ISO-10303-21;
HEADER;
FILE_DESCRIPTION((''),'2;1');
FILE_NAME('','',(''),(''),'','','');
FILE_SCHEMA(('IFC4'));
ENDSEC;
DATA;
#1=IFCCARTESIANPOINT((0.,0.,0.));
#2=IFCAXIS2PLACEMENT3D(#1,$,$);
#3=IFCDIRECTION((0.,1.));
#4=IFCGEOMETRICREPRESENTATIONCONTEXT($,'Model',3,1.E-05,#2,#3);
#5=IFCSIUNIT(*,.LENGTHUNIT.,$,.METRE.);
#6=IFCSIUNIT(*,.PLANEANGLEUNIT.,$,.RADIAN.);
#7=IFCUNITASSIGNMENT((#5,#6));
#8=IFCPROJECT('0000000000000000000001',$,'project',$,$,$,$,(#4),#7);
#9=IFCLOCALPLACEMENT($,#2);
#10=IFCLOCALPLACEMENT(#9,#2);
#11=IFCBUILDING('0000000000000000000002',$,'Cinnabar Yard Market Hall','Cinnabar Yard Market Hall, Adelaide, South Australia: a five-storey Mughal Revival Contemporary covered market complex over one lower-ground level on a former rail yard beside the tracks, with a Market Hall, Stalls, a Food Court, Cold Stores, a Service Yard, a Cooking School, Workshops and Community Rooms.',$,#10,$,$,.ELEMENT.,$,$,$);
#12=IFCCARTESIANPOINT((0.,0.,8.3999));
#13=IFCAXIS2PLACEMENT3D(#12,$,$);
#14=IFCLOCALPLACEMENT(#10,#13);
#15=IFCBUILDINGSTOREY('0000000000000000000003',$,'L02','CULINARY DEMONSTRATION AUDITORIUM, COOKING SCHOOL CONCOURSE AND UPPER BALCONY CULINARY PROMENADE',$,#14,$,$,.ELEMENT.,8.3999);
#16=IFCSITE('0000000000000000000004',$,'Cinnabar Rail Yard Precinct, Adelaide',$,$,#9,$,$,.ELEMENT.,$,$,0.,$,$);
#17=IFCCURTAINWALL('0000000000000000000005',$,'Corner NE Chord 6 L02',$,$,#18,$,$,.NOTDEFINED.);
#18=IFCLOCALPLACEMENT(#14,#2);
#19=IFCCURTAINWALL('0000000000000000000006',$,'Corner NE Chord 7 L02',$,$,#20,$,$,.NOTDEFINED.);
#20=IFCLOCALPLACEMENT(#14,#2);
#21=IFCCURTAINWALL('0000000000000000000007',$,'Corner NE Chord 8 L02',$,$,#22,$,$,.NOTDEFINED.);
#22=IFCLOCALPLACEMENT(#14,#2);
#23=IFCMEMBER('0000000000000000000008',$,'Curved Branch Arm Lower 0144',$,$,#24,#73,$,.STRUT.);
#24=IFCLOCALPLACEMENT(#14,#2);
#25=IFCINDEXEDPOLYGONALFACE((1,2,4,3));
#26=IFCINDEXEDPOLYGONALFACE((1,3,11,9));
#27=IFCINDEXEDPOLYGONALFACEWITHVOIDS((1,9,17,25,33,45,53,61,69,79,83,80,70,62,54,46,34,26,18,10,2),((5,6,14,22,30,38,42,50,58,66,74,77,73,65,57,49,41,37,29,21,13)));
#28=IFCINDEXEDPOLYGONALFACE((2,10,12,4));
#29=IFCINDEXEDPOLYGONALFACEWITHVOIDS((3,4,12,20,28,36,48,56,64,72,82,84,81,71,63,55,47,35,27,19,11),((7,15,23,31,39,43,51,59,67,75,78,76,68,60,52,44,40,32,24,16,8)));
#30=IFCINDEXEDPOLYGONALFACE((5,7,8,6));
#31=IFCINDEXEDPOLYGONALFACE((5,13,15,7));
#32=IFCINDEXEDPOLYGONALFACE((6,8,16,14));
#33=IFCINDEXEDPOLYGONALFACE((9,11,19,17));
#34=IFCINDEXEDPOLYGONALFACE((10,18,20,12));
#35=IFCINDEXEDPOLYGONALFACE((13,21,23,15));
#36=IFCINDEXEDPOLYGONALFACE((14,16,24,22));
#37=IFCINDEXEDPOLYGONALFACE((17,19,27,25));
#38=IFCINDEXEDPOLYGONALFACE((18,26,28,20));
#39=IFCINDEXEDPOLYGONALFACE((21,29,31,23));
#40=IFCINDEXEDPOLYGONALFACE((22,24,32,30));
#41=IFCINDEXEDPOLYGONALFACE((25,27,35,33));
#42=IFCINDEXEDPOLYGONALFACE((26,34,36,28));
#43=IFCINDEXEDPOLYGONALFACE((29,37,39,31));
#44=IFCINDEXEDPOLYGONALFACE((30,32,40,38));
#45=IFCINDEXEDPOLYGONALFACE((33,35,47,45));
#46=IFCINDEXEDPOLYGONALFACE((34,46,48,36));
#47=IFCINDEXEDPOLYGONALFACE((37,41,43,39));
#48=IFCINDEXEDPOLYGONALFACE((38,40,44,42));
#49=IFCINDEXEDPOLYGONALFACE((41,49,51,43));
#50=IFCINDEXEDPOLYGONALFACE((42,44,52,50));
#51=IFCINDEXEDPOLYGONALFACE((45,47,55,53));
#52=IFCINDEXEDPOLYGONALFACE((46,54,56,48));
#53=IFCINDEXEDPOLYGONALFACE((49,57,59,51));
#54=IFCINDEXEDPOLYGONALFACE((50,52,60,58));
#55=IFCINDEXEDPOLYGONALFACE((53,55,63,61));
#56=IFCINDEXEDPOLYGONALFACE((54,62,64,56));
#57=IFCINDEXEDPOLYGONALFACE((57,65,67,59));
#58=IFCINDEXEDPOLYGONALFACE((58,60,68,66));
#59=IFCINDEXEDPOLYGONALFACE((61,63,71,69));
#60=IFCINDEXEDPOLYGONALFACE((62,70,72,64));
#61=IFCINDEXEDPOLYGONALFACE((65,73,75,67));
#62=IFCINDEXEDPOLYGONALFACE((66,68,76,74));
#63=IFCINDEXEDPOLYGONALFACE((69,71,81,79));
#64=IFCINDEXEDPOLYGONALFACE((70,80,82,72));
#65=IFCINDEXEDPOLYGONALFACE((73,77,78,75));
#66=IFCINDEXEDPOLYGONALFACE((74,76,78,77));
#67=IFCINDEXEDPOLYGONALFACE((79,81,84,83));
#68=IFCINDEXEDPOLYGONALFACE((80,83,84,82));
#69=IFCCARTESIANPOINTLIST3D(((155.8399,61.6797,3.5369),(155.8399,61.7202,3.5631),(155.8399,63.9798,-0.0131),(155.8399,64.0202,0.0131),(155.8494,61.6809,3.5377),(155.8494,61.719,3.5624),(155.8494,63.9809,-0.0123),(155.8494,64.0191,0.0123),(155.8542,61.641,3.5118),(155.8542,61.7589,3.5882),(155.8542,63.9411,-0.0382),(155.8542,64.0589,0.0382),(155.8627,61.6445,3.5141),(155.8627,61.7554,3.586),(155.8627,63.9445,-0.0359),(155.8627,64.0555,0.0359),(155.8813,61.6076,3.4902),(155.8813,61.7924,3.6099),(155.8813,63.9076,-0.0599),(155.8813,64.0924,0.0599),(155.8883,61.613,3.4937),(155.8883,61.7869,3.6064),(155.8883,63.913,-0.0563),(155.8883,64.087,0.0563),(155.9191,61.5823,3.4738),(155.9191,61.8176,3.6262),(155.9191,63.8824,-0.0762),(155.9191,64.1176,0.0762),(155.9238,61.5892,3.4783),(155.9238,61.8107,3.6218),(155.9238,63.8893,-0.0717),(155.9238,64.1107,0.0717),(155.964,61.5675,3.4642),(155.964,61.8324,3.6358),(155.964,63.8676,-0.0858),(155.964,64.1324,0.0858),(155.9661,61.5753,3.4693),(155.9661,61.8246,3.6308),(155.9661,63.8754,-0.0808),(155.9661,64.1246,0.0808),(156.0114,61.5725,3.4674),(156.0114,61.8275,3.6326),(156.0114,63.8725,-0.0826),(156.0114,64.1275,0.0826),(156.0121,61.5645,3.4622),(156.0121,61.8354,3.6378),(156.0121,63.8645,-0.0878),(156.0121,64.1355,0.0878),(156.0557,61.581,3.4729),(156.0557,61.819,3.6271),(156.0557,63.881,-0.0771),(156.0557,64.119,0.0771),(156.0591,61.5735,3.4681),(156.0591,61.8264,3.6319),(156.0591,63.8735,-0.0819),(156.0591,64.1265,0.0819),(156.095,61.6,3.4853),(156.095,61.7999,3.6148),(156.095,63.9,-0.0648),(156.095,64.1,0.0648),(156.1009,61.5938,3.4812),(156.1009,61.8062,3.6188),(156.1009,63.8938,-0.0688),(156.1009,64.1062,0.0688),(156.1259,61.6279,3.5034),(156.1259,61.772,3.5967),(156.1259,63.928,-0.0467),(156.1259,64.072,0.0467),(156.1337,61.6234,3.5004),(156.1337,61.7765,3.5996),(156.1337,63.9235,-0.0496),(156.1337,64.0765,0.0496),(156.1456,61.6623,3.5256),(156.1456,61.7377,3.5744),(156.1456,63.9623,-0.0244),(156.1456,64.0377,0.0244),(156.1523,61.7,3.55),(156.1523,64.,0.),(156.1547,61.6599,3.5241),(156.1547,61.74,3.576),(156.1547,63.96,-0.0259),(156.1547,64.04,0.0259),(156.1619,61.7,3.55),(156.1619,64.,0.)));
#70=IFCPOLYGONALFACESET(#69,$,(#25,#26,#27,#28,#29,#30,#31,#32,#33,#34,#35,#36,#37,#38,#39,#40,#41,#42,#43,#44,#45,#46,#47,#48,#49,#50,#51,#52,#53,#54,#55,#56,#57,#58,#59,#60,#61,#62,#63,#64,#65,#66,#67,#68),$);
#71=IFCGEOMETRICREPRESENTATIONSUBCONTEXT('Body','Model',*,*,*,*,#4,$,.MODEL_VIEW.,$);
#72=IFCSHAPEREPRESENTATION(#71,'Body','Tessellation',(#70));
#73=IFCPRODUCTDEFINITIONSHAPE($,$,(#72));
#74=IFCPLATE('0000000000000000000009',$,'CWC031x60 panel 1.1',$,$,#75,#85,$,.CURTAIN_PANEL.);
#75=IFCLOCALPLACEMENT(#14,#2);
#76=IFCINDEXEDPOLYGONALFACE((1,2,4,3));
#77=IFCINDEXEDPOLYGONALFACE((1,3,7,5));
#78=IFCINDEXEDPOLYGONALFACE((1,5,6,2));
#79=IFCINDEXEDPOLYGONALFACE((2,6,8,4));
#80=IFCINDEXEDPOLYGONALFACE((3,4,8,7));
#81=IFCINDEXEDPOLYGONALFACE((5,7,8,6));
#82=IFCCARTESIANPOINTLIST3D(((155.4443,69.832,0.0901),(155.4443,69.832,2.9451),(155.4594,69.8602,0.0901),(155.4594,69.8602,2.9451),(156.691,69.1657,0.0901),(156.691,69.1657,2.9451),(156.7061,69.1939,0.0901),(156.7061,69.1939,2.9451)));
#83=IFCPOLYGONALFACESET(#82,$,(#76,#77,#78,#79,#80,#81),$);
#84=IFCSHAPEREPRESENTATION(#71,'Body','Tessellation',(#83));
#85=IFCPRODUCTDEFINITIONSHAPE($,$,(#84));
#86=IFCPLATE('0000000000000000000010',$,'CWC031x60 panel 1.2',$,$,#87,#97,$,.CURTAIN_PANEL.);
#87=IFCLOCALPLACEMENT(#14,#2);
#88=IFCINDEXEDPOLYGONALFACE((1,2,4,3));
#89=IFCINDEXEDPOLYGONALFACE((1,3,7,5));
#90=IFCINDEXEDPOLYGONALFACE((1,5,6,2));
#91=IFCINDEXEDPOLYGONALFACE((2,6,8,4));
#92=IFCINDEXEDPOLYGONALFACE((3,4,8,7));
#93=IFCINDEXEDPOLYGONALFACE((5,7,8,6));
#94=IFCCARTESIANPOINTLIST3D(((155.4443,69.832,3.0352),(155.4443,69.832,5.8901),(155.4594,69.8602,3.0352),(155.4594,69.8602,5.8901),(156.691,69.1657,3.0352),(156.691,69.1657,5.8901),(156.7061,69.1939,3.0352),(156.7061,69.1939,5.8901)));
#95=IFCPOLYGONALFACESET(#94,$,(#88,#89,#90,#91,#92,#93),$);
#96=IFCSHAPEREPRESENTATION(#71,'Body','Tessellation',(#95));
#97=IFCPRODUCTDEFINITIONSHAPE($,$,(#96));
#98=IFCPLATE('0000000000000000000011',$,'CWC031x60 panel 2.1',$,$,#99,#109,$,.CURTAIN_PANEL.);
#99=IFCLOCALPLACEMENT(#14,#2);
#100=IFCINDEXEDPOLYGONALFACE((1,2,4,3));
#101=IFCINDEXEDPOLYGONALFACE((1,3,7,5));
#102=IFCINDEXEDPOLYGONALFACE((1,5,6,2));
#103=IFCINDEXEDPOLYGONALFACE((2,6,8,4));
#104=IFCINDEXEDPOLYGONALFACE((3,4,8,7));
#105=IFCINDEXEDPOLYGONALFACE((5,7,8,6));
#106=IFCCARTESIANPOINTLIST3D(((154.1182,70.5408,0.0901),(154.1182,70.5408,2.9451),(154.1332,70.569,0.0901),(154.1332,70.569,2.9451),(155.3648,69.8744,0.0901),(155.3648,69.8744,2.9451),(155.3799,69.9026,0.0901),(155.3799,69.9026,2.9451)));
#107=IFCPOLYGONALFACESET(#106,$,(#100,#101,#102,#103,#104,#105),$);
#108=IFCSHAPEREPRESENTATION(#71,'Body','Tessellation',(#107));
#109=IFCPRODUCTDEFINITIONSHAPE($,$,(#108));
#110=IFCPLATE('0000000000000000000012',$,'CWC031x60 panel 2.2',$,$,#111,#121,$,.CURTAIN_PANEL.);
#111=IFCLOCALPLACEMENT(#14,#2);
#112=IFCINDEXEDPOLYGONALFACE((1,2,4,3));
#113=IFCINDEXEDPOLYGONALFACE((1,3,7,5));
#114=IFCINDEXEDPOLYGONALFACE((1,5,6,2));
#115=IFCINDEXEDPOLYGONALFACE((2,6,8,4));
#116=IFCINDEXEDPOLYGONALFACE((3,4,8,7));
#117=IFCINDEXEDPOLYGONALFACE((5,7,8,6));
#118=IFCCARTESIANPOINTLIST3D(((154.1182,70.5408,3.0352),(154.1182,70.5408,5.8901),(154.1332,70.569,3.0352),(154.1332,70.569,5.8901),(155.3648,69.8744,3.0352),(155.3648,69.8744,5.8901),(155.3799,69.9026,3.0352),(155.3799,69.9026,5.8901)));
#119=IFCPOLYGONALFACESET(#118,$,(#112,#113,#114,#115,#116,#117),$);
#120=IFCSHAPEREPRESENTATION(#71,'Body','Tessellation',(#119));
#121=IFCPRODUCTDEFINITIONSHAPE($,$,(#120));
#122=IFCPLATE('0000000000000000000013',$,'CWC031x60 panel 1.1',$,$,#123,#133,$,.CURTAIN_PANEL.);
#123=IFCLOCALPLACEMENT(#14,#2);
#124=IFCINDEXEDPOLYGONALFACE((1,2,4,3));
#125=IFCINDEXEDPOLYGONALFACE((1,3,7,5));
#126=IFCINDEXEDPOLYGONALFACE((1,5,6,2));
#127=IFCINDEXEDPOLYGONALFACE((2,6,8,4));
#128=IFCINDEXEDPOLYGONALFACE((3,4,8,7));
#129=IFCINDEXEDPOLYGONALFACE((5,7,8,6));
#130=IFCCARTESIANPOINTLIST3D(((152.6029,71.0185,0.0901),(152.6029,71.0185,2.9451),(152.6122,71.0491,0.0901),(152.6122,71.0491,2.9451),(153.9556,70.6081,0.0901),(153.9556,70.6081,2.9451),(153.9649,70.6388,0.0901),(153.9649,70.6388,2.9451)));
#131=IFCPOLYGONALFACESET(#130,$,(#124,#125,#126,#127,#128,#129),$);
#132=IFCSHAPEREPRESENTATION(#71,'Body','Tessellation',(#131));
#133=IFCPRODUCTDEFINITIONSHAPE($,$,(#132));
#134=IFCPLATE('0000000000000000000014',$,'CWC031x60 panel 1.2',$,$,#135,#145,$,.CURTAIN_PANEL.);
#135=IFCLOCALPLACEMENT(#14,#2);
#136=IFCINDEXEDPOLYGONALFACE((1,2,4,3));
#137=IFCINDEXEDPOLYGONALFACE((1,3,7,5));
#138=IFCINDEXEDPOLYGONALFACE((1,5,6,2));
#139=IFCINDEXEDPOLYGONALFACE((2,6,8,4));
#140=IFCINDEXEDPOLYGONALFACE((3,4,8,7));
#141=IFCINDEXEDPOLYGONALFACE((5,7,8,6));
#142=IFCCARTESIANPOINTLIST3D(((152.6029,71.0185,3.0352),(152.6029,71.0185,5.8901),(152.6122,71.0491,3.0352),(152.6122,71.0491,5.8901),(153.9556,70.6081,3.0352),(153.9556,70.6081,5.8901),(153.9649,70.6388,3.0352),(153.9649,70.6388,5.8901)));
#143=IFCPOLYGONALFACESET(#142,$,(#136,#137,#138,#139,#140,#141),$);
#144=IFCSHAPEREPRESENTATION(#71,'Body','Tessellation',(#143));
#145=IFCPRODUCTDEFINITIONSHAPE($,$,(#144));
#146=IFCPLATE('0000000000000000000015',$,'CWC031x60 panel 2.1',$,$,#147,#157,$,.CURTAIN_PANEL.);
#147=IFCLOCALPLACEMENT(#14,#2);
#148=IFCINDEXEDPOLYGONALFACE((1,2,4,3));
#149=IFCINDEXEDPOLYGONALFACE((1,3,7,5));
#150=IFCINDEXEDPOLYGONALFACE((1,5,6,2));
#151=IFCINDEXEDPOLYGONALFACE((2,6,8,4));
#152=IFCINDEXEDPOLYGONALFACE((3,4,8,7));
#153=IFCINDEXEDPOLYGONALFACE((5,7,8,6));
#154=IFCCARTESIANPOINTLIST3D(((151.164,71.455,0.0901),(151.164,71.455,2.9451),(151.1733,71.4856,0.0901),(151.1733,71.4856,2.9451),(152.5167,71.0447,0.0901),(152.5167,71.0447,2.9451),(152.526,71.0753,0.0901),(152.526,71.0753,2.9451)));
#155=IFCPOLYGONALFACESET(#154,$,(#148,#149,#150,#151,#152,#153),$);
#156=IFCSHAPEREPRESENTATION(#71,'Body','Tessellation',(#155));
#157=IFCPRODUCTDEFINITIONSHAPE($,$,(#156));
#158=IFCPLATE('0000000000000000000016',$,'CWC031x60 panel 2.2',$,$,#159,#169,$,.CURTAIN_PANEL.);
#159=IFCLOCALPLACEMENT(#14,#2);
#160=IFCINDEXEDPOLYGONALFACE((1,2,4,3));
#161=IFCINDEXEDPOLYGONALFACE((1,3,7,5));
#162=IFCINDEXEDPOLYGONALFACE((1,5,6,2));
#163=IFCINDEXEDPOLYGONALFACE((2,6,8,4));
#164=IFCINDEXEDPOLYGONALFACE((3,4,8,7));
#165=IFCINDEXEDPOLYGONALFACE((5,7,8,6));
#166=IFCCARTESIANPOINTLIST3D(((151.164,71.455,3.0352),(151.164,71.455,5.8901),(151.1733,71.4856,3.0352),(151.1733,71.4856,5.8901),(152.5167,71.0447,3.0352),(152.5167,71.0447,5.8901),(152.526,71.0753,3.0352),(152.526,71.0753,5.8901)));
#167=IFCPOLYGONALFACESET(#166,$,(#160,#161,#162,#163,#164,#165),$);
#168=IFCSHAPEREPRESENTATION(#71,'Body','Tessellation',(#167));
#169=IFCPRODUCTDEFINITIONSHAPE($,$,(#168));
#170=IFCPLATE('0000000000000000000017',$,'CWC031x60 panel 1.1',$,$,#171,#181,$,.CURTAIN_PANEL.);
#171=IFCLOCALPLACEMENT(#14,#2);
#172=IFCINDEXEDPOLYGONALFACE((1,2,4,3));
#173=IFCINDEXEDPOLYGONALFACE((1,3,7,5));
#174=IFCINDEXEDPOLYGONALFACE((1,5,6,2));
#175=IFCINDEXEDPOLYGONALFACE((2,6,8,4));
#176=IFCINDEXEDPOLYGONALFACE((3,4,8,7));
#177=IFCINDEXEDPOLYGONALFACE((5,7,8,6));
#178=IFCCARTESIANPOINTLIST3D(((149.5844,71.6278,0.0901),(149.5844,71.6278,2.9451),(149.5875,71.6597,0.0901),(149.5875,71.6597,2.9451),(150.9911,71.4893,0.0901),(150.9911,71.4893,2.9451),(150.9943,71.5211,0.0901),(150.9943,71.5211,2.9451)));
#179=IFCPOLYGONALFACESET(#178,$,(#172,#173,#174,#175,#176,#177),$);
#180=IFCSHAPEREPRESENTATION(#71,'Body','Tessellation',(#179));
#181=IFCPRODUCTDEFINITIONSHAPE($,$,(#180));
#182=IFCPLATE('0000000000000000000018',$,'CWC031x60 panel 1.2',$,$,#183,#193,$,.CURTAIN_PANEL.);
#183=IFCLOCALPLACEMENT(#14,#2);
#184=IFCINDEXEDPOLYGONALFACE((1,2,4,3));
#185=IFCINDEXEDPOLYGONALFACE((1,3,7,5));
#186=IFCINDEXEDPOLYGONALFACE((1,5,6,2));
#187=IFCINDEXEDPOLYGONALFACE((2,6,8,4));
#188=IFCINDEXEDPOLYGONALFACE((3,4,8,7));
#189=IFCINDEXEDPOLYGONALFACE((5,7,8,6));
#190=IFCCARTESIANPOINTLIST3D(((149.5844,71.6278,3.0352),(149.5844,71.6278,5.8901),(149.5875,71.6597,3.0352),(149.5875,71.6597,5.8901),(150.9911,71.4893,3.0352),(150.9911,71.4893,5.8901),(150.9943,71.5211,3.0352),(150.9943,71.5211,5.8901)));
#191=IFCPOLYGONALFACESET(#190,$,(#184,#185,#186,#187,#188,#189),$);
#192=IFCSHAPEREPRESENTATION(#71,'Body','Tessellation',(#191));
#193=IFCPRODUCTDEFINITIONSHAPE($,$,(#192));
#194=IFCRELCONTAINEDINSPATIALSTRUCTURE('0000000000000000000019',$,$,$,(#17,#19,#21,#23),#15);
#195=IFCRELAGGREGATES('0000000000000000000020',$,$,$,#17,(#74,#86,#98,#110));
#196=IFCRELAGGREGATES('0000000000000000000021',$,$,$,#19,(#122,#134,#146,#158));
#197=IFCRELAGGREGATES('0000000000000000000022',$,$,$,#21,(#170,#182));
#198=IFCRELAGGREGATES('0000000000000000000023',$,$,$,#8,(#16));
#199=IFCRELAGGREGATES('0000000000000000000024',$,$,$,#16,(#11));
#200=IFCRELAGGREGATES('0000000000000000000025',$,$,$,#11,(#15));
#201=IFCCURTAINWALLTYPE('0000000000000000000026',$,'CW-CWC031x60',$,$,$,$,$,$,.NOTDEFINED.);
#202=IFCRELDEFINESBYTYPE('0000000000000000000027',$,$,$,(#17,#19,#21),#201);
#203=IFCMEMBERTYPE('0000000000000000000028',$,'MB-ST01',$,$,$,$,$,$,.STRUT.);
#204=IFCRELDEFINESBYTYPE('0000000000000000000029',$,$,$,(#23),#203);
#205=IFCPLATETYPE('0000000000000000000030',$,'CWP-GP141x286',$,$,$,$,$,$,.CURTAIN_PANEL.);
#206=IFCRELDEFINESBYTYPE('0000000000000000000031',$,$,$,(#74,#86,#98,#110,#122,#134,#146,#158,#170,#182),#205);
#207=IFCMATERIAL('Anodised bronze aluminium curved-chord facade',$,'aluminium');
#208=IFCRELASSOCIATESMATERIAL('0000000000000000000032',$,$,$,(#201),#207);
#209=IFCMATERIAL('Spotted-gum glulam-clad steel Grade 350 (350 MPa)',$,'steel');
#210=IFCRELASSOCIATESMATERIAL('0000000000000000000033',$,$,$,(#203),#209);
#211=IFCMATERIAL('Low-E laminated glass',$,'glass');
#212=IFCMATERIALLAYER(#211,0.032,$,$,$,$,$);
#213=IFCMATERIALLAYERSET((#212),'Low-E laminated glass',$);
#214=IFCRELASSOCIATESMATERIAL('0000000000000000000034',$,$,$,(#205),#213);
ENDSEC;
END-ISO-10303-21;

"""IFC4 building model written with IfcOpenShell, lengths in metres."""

from ifc_helpers import new_model, si_unit, direction, frame, origin, origin_2d_with_axis, place, context, subcontext, project, spatial, rectangle, hollow_circle, extrude, material, layer, layer_set, material_profile, profile_set, type_object, element, aggregate, save


model = new_model("IFC4")

# Units and contexts
model_context = context("Model", 3, precision=1e-05, world=origin(), true_north=direction((0.0, 1.0)))
body_context = subcontext(model_context, "Body", "Model", "MODEL_VIEW")
ifc_project = project(units=[si_unit("LENGTHUNIT", "METRE"), si_unit("PLANEANGLEUNIT", "RADIAN")], contexts=[model_context])

# Site, building, storey
site_placement = place(None, origin())
site = spatial("IfcSite", under=ifc_project, at=site_placement, Name="Cinnabar Rail Yard Precinct, Adelaide", CompositionType="ELEMENT", RefElevation=0.0)
building_placement = place(site_placement, origin())
building = spatial("IfcBuilding", under=site, at=building_placement, Name="Cinnabar Yard Market Hall", Description="Cinnabar Yard Market Hall, Adelaide, South Australia: a five-storey Mughal Revival Contemporary covered market complex over one lower-ground level on a former rail yard beside the tracks, with a Market Hall, Stalls, a Food Court, Cold Stores, a Service Yard, a Cooking School, Workshops and Community Rooms.", CompositionType="ELEMENT")
storey_placement = place(building_placement, frame((0.0, 0.0, 8.3999)))
storey = spatial("IfcBuildingStorey", under=building, at=storey_placement, Name="L02", Description="CULINARY DEMONSTRATION AUDITORIUM, COOKING SCHOOL CONCOURSE AND UPPER BALCONY CULINARY PROMENADE", CompositionType="ELEMENT", Elevation=8.3999)

# Curtain walls
ifc_material_1 = material(Name="Anodised bronze aluminium curved-chord facade", Category="aluminium")
curtain_wall_type = type_object("IfcCurtainWallType", Name="CW-CWC031x60", PredefinedType="NOTDEFINED", material=ifc_material_1)
curtain_wall_1_placement = place(storey_placement, origin())
curtain_wall_1 = element("IfcCurtainWall", 1, at=curtain_wall_1_placement, inside=storey, type_object=curtain_wall_type, Name="Corner NE Chord 6 L02", PredefinedType="NOTDEFINED")
curtain_wall_2_placement = place(storey_placement, origin())
curtain_wall_2 = element("IfcCurtainWall", 2, at=curtain_wall_2_placement, inside=storey, type_object=curtain_wall_type, Name="Corner NE Chord 7 L02", PredefinedType="NOTDEFINED")
curtain_wall_3_placement = place(storey_placement, origin())
curtain_wall_3 = element("IfcCurtainWall", 3, at=curtain_wall_3_placement, inside=storey, type_object=curtain_wall_type, Name="Corner NE Chord 8 L02", PredefinedType="NOTDEFINED")

# Member
ifc_material_2 = material(Name="Spotted-gum glulam-clad steel Grade 350 (350 MPa)", Category="steel")
ifc_material_profile_1 = material_profile(ifc_material_2, hollow_circle(Radius=0.1619, WallThickness=0.0095, at=origin_2d_with_axis()), Name="323.9x9.5CHS")
ifc_profile_set_1 = profile_set([ifc_material_profile_1], Name="Spotted-gum glulam-clad steel Grade 350 (350 MPa)")
member_type_1 = type_object("IfcMemberType", Name="MB-ST01", PredefinedType="STRUT", material=ifc_profile_set_1)
for number, where, z_axis, x_axis, name in (
    (4, (156.0, 64.0, 0.0), (0.0, -0.543744, 0.839251), (1.0, 0.0, 0.0), "Curved Branch Arm Lower 0144"),
):
    element("IfcMember", number, at=place(storey_placement, frame(where, z_axis=z_axis, x_axis=x_axis)), inside=storey, type_object=member_type_1, Name=name, PredefinedType="STRUT", context=body_context, shape_type="SweptSolid", body=[
        extrude(hollow_circle(Radius=0.1619, WallThickness=0.0095, at=origin_2d_with_axis()), origin(), (0.0, 0.0, 1.0), 4.23),
    ])

# Plates
ifc_material_3 = material(Name="Low-E laminated glass", Category="glass")
ifc_layer_1 = layer(ifc_material_3, 0.032)
ifc_layer_set_1 = layer_set([ifc_layer_1], Name="Low-E laminated glass")
plate_type_1 = type_object("IfcPlateType", Name="CWP-GP141x286", PredefinedType="CURTAIN_PANEL", material=ifc_layer_set_1)
plate_1_placement = place(storey_placement, frame((156.0752, 69.5129, 0.0901), z_axis=(0.0, 0.0, 1.0), x_axis=(-0.881917, 0.471404, 0.0)))
plate_1 = element("IfcPlate", 5, at=plate_1_placement, type_object=plate_type_1, Name="CWC031x60 panel 1.1", PredefinedType="CURTAIN_PANEL", context=body_context, shape_type="SweptSolid", body=[
    extrude(rectangle(XDim=1.4136, YDim=0.032, at=origin_2d_with_axis()), origin(), (0.0, 0.0, 1.0), 2.855),
])
plate_2_placement = place(storey_placement, frame((156.0752, 69.5129, 3.0352), z_axis=(0.0, 0.0, 1.0), x_axis=(-0.881917, 0.471404, 0.0)))
plate_2 = element("IfcPlate", 6, at=plate_2_placement, type_object=plate_type_1, Name="CWC031x60 panel 1.2", PredefinedType="CURTAIN_PANEL", context=body_context, shape_type="SweptSolid", body=[
    extrude(rectangle(XDim=1.4136, YDim=0.032, at=origin_2d_with_axis()), origin(), (0.0, 0.0, 1.0), 2.855),
])
plate_3_placement = place(storey_placement, frame((154.749, 70.2217, 0.0901), z_axis=(0.0, 0.0, 1.0), x_axis=(-0.881917, 0.471404, 0.0)))
plate_3 = element("IfcPlate", 7, at=plate_3_placement, type_object=plate_type_1, Name="CWC031x60 panel 2.1", PredefinedType="CURTAIN_PANEL", context=body_context, shape_type="SweptSolid", body=[
    extrude(rectangle(XDim=1.4136, YDim=0.032, at=origin_2d_with_axis()), origin(), (0.0, 0.0, 1.0), 2.855),
])
plate_4_placement = place(storey_placement, frame((154.749, 70.2217, 3.0352), z_axis=(0.0, 0.0, 1.0), x_axis=(-0.881917, 0.471404, 0.0)))
plate_4 = element("IfcPlate", 8, at=plate_4_placement, type_object=plate_type_1, Name="CWC031x60 panel 2.2", PredefinedType="CURTAIN_PANEL", context=body_context, shape_type="SweptSolid", body=[
    extrude(rectangle(XDim=1.4136, YDim=0.032, at=origin_2d_with_axis()), origin(), (0.0, 0.0, 1.0), 2.855),
])
aggregate(curtain_wall_1, [plate_1, plate_2, plate_3, plate_4])
plate_5_placement = place(storey_placement, frame((153.2839, 70.8286, 0.0901), z_axis=(0.0, 0.0, 1.0), x_axis=(-0.956942, 0.290279, 0.0)))
plate_5 = element("IfcPlate", 9, at=plate_5_placement, type_object=plate_type_1, Name="CWC031x60 panel 1.1", PredefinedType="CURTAIN_PANEL", context=body_context, shape_type="SweptSolid", body=[
    extrude(rectangle(XDim=1.4136, YDim=0.032, at=origin_2d_with_axis()), origin(), (0.0, 0.0, 1.0), 2.855),
])
plate_6_placement = place(storey_placement, frame((153.2839, 70.8286, 3.0352), z_axis=(0.0, 0.0, 1.0), x_axis=(-0.956942, 0.290279, 0.0)))
plate_6 = element("IfcPlate", 10, at=plate_6_placement, type_object=plate_type_1, Name="CWC031x60 panel 1.2", PredefinedType="CURTAIN_PANEL", context=body_context, shape_type="SweptSolid", body=[
    extrude(rectangle(XDim=1.4136, YDim=0.032, at=origin_2d_with_axis()), origin(), (0.0, 0.0, 1.0), 2.855),
])
plate_7_placement = place(storey_placement, frame((151.845, 71.2651, 0.0901), z_axis=(0.0, 0.0, 1.0), x_axis=(-0.956942, 0.290279, 0.0)))
plate_7 = element("IfcPlate", 11, at=plate_7_placement, type_object=plate_type_1, Name="CWC031x60 panel 2.1", PredefinedType="CURTAIN_PANEL", context=body_context, shape_type="SweptSolid", body=[
    extrude(rectangle(XDim=1.4136, YDim=0.032, at=origin_2d_with_axis()), origin(), (0.0, 0.0, 1.0), 2.855),
])
plate_8_placement = place(storey_placement, frame((151.845, 71.2651, 3.0352), z_axis=(0.0, 0.0, 1.0), x_axis=(-0.956942, 0.290279, 0.0)))
plate_8 = element("IfcPlate", 12, at=plate_8_placement, type_object=plate_type_1, Name="CWC031x60 panel 2.2", PredefinedType="CURTAIN_PANEL", context=body_context, shape_type="SweptSolid", body=[
    extrude(rectangle(XDim=1.4136, YDim=0.032, at=origin_2d_with_axis()), origin(), (0.0, 0.0, 1.0), 2.855),
])
aggregate(curtain_wall_2, [plate_5, plate_6, plate_7, plate_8])
plate_9_placement = place(storey_placement, frame((150.2893, 71.5745, 0.0901), z_axis=(0.0, 0.0, 1.0), x_axis=(-0.995184, 0.09802, 0.0)))
plate_9 = element("IfcPlate", 13, at=plate_9_placement, type_object=plate_type_1, Name="CWC031x60 panel 1.1", PredefinedType="CURTAIN_PANEL", context=body_context, shape_type="SweptSolid", body=[
    extrude(rectangle(XDim=1.4136, YDim=0.032, at=origin_2d_with_axis()), origin(), (0.0, 0.0, 1.0), 2.855),
])
plate_10_placement = place(storey_placement, frame((150.2893, 71.5745, 3.0352), z_axis=(0.0, 0.0, 1.0), x_axis=(-0.995184, 0.09802, 0.0)))
plate_10 = element("IfcPlate", 14, at=plate_10_placement, type_object=plate_type_1, Name="CWC031x60 panel 1.2", PredefinedType="CURTAIN_PANEL", context=body_context, shape_type="SweptSolid", body=[
    extrude(rectangle(XDim=1.4136, YDim=0.032, at=origin_2d_with_axis()), origin(), (0.0, 0.0, 1.0), 2.855),
])
aggregate(curtain_wall_3, [plate_9, plate_10])

save(model, "model.ifc")
